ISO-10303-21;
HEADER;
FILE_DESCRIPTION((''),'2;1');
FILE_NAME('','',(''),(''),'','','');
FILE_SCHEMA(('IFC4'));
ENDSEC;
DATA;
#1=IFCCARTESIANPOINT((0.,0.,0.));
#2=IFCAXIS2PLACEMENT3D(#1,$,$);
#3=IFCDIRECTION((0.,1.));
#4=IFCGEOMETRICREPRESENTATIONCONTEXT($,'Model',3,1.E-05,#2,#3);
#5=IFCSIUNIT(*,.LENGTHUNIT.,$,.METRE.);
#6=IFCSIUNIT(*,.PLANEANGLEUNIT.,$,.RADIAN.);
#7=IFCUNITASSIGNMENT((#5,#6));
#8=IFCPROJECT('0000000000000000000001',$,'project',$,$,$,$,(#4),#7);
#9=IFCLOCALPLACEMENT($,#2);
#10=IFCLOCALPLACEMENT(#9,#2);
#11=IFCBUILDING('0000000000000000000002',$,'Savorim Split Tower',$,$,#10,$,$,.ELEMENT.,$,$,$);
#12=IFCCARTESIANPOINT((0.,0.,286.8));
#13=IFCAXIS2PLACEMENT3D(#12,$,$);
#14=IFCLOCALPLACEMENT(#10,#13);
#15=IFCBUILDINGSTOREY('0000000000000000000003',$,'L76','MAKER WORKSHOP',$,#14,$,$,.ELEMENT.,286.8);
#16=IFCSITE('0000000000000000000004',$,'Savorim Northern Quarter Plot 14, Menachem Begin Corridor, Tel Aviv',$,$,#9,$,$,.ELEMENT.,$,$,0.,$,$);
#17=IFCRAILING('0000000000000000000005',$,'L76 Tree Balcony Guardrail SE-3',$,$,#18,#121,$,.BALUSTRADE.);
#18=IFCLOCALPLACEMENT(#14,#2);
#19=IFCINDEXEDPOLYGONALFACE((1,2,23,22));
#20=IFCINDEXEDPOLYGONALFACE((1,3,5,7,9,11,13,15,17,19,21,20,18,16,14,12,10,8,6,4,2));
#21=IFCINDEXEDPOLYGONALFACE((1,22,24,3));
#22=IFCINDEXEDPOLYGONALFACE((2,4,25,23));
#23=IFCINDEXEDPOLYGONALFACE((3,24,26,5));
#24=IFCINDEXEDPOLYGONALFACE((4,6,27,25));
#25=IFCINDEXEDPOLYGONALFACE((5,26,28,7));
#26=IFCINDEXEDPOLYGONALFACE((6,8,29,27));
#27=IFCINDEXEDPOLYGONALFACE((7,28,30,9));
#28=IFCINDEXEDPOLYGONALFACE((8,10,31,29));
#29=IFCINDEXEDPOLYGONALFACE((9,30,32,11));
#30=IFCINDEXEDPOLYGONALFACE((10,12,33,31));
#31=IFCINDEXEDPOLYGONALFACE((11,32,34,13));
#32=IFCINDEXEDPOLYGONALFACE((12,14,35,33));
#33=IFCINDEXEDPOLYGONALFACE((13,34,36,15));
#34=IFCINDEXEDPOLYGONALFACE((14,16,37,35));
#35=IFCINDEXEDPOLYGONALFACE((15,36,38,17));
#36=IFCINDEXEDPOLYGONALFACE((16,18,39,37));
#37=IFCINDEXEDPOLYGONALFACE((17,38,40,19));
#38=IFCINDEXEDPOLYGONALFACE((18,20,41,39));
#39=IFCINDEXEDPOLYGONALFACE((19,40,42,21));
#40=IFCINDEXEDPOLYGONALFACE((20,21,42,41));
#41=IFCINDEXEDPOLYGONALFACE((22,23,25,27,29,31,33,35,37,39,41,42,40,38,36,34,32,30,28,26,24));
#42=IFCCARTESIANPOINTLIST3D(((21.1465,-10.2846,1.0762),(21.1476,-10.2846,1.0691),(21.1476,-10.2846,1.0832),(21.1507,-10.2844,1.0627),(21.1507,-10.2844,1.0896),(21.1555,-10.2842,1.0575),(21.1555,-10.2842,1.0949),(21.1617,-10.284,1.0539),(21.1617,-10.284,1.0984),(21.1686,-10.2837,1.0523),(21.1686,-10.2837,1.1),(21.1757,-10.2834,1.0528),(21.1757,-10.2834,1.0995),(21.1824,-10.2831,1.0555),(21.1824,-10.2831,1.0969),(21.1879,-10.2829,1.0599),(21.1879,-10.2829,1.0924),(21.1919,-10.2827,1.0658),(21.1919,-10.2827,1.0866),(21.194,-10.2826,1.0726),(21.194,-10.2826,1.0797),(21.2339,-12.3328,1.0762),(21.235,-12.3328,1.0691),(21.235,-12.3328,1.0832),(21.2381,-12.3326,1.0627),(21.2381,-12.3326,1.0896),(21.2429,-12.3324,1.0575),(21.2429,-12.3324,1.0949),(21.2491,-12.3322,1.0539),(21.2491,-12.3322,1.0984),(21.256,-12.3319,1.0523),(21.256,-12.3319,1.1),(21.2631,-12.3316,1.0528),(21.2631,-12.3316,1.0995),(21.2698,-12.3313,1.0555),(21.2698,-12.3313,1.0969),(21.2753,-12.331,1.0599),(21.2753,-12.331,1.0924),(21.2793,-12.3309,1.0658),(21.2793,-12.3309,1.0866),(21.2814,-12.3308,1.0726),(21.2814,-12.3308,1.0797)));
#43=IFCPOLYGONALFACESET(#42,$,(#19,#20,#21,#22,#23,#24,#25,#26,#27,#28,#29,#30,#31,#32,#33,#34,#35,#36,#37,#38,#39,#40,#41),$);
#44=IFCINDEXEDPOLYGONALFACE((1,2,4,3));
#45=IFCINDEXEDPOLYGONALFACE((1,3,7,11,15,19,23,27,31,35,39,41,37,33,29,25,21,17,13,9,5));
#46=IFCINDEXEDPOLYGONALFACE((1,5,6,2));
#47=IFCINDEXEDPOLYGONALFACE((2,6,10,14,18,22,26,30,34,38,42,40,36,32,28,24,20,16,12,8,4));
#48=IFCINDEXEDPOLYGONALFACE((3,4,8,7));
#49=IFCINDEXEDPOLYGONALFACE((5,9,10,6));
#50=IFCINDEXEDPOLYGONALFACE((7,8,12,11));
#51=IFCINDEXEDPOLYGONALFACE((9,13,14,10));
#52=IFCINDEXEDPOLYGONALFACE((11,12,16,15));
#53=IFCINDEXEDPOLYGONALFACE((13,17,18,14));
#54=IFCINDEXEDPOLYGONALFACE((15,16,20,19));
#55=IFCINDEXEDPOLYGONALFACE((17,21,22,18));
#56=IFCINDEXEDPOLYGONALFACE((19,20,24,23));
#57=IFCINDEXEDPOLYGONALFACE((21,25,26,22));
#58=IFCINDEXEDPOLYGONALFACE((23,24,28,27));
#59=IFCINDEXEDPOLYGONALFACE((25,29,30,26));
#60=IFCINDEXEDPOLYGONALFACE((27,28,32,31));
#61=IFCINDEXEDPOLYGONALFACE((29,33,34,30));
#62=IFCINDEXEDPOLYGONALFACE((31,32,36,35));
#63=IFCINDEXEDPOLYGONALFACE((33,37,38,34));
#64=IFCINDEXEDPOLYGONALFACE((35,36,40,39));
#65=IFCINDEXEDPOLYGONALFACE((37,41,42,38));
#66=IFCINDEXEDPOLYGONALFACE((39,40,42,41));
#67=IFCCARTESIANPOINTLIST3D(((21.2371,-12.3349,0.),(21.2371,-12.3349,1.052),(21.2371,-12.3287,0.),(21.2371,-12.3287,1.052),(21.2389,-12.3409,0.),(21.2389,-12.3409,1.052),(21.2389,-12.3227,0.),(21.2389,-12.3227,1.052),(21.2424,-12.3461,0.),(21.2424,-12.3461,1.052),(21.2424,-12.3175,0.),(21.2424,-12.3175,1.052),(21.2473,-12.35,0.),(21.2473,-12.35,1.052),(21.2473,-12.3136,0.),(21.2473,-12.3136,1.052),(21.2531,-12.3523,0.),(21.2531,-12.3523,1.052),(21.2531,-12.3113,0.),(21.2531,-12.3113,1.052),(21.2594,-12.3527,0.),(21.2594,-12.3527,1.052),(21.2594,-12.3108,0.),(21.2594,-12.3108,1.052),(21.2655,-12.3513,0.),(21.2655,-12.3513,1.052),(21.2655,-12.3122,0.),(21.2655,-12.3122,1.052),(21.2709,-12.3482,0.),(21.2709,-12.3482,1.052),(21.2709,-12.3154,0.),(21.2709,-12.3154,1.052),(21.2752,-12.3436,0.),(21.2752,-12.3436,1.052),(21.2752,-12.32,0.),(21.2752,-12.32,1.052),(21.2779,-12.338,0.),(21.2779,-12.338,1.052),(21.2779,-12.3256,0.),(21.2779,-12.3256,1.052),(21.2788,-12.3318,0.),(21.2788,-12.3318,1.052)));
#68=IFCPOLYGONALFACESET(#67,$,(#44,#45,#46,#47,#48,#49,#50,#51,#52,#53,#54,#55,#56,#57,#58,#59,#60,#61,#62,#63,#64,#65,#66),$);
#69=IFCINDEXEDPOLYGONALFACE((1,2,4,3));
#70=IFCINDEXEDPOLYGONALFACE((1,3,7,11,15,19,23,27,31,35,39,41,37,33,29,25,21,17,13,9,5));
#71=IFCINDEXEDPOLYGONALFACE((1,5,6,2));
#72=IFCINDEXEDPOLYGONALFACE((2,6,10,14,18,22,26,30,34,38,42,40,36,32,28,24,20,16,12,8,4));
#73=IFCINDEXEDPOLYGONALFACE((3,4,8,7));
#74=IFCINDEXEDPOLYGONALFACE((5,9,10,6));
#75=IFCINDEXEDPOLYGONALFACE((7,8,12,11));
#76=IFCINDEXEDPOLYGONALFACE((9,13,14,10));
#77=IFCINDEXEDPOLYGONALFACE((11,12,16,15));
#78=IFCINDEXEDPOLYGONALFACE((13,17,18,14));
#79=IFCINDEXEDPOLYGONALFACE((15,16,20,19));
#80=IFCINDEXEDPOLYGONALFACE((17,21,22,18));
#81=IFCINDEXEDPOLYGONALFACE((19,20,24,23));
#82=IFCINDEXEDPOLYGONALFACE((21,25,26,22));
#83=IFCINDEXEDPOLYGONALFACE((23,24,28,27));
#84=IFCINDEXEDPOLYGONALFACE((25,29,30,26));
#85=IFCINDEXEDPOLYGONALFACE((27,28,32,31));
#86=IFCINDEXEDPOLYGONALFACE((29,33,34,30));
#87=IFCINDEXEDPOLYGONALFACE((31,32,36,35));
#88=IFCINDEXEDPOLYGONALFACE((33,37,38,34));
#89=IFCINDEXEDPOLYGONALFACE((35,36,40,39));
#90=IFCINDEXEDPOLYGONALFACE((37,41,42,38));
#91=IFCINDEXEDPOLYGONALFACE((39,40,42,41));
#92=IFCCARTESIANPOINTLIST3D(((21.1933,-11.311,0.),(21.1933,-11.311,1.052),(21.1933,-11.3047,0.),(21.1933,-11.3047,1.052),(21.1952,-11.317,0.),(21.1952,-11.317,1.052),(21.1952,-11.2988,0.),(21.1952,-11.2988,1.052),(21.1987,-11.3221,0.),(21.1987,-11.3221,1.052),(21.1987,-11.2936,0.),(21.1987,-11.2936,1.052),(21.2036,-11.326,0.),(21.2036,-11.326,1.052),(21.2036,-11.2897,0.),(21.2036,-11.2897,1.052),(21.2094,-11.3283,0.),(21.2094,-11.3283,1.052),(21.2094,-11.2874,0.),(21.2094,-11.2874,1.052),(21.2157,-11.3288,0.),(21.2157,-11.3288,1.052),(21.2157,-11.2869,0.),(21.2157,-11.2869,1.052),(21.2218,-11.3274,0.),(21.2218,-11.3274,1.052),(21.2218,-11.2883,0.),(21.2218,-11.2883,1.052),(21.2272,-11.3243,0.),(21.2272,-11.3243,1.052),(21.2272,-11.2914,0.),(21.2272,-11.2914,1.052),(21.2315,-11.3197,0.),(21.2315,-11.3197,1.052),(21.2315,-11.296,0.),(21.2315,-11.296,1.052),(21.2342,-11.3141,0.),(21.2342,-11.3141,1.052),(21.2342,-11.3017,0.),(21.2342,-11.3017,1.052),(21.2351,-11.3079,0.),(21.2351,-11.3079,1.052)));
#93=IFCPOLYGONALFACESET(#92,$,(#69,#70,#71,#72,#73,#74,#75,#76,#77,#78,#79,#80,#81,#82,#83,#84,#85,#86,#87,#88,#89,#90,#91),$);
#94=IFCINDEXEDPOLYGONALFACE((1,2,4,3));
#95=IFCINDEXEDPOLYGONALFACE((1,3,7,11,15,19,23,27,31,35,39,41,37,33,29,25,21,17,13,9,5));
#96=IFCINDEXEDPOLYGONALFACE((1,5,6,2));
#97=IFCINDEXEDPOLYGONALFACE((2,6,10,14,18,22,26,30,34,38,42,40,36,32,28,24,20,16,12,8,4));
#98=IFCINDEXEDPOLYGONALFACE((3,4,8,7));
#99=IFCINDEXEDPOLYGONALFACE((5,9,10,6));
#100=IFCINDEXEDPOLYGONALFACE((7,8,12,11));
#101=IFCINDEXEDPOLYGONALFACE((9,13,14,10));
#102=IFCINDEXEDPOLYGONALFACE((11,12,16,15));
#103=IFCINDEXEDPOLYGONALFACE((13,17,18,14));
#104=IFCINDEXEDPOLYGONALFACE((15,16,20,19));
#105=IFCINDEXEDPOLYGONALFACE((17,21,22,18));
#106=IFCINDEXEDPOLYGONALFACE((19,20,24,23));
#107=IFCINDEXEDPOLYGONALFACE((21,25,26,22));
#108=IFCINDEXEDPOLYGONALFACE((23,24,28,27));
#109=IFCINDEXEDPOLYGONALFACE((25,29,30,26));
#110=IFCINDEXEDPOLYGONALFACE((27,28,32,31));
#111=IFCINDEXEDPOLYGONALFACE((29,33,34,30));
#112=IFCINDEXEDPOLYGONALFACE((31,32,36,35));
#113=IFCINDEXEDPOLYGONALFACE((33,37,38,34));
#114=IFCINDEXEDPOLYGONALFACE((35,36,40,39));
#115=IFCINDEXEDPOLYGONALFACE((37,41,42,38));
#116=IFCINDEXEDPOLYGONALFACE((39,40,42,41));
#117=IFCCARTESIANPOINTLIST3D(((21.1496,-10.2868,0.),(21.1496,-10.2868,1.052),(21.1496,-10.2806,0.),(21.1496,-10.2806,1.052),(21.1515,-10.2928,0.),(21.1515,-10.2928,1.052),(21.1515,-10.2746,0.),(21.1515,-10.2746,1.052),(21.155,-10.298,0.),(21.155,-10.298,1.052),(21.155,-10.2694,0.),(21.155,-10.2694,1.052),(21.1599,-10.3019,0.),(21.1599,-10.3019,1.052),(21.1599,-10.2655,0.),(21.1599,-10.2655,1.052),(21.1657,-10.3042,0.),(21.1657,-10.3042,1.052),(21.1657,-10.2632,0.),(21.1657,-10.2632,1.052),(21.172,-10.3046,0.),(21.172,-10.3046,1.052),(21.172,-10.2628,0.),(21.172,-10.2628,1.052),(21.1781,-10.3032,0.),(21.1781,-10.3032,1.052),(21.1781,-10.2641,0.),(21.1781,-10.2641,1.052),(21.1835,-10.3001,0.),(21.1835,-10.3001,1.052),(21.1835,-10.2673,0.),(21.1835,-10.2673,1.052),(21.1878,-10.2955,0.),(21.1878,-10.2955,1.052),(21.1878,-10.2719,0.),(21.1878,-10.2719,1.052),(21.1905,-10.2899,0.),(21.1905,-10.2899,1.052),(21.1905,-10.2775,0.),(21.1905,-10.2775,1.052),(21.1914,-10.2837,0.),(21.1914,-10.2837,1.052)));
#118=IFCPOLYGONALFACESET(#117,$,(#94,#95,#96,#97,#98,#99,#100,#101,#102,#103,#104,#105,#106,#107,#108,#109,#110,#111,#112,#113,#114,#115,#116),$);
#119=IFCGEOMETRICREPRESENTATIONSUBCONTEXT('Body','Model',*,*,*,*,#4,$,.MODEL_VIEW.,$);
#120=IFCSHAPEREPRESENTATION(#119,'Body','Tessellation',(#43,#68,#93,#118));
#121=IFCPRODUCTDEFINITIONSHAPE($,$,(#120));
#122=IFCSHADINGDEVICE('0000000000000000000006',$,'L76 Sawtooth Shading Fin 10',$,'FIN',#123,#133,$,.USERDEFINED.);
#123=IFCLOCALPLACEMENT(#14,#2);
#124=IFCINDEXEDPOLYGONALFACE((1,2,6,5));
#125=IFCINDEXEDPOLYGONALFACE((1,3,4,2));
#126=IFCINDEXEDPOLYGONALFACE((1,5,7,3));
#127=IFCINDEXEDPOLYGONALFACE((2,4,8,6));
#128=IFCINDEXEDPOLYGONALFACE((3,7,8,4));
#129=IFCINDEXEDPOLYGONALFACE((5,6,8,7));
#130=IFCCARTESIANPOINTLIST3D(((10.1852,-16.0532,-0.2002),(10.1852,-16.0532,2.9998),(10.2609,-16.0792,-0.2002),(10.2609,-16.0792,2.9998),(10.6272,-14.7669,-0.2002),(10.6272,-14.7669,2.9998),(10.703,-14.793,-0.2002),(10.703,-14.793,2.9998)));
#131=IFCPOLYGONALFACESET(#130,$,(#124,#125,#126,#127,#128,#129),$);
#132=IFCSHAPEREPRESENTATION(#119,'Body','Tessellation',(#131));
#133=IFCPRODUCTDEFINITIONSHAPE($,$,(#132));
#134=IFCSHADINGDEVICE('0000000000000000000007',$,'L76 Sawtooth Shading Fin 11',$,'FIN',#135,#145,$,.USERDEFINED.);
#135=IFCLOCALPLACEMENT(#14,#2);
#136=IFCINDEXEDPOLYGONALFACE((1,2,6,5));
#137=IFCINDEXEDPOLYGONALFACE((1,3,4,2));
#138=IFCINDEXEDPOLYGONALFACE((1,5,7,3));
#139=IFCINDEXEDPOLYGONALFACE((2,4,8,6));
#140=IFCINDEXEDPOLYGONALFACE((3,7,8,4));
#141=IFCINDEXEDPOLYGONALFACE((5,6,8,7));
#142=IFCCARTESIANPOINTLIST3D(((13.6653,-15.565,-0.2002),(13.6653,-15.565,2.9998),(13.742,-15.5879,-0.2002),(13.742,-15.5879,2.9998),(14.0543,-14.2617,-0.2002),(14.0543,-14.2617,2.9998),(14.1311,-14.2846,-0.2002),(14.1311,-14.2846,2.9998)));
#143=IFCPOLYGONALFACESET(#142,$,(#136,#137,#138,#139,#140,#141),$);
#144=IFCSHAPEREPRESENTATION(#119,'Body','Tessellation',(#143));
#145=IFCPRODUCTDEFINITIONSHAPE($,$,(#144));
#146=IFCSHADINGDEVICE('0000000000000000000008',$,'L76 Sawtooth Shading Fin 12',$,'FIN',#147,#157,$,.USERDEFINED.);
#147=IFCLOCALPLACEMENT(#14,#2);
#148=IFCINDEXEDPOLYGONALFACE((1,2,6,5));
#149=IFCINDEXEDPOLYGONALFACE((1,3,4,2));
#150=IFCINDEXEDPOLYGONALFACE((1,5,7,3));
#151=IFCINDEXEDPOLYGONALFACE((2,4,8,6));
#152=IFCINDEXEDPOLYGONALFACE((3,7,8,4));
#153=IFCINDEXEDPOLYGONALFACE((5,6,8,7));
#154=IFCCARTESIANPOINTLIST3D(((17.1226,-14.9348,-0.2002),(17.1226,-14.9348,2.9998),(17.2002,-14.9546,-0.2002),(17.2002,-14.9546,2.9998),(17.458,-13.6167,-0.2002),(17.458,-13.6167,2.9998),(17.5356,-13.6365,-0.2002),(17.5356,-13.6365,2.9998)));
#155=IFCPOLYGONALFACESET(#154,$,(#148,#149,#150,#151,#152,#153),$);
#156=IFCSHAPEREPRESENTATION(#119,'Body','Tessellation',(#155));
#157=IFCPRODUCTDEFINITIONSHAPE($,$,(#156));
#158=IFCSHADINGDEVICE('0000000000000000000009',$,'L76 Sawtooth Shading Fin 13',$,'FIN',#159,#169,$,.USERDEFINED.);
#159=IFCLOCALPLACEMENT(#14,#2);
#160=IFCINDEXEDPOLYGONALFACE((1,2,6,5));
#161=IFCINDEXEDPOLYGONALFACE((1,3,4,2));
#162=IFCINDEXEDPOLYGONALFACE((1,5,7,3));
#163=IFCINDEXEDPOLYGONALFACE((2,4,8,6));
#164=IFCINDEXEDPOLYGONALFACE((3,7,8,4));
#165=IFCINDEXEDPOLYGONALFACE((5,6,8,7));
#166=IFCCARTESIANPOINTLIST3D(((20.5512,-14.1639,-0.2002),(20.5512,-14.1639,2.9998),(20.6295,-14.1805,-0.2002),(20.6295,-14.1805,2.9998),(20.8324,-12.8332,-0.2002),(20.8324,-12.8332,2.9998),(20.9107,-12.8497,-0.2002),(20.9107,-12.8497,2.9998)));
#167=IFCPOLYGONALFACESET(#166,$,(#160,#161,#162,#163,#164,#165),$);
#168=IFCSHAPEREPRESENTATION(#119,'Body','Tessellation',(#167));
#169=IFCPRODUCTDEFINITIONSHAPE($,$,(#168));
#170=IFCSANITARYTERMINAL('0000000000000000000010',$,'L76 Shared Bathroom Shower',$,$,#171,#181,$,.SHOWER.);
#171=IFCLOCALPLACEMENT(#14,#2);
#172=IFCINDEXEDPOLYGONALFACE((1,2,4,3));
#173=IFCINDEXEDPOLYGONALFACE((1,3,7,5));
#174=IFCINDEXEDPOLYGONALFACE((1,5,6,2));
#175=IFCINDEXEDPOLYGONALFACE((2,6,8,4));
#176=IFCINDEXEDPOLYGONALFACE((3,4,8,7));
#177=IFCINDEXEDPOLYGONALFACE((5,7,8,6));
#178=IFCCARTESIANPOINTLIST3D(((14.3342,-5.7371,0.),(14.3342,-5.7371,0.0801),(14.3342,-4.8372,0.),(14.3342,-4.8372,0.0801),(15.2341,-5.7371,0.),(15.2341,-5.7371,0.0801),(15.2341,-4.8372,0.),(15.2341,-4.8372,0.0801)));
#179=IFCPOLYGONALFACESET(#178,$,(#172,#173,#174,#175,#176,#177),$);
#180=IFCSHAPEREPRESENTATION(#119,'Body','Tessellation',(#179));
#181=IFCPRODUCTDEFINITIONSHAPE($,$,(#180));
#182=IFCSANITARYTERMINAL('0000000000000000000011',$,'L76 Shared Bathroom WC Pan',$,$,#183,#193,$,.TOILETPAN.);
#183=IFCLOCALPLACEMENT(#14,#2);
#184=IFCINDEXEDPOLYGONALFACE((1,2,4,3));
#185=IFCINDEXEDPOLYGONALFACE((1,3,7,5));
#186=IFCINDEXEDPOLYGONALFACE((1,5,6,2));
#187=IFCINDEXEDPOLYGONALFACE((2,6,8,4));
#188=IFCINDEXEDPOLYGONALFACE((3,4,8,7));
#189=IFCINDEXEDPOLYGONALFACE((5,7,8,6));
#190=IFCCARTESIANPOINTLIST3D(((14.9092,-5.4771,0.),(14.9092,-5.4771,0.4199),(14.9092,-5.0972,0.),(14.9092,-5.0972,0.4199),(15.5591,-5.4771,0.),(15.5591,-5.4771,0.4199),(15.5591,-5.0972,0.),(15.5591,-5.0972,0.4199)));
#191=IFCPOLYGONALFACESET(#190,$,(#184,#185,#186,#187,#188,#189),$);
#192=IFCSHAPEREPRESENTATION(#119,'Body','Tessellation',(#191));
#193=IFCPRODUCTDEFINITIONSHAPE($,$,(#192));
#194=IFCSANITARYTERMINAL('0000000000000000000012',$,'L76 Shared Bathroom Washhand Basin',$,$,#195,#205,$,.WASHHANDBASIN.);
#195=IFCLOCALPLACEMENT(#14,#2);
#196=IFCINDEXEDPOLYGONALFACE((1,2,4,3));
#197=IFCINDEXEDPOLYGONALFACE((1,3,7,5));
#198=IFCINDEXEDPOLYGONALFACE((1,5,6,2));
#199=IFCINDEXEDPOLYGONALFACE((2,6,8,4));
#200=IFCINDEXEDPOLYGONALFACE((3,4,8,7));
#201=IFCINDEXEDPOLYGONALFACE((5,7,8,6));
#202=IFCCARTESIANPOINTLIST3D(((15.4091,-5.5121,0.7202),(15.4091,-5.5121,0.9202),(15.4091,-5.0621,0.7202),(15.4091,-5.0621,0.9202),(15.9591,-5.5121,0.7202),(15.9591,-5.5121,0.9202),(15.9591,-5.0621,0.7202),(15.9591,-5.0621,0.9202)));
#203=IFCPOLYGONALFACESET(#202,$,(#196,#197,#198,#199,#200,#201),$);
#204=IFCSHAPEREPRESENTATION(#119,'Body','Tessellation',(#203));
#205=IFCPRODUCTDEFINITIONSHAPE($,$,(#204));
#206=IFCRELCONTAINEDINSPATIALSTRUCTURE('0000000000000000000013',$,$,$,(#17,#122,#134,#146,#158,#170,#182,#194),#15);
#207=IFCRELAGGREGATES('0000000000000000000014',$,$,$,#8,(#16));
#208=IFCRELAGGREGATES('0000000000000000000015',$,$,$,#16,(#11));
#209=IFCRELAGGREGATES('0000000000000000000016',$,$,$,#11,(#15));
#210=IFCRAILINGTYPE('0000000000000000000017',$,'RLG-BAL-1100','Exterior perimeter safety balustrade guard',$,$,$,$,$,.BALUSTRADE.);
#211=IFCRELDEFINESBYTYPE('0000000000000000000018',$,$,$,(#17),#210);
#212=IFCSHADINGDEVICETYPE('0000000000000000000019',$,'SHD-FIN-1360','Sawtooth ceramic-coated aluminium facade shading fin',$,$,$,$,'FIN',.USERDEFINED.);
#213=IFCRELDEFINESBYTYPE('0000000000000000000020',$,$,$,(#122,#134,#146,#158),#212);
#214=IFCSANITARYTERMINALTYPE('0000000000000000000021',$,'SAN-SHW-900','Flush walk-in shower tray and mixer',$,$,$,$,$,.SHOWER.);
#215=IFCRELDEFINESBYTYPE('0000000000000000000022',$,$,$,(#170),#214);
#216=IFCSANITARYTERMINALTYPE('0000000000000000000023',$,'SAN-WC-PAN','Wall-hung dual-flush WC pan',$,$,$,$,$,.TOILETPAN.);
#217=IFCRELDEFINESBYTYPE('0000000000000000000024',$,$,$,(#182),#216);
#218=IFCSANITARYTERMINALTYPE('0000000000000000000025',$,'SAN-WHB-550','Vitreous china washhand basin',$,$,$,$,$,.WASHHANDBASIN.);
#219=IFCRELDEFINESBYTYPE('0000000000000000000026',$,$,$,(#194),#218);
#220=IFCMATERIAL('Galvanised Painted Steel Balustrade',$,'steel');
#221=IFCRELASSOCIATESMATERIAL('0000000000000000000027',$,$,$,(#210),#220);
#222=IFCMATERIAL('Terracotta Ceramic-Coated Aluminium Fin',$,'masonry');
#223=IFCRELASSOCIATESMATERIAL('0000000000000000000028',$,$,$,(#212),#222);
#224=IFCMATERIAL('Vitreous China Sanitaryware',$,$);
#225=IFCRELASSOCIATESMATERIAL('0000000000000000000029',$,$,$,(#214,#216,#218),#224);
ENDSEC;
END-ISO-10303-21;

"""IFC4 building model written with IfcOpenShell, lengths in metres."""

from ifc_helpers import new_model, si_unit, direction, frame, origin, origin_2d, place, context, subcontext, project, spatial, rectangle, circle, extrude, material, type_object, element, save


model = new_model("IFC4")

# Units and contexts
model_context = context("Model", 3, precision=1e-05, world=origin(), true_north=direction((0.0, 1.0)))
body_context = subcontext(model_context, "Body", "Model", "MODEL_VIEW")
ifc_project = project(units=[si_unit("LENGTHUNIT", "METRE"), si_unit("PLANEANGLEUNIT", "RADIAN")], contexts=[model_context])

# Site, building, storey
site_placement = place(None, origin())
site = spatial("IfcSite", under=ifc_project, at=site_placement, Name="Savorim Northern Quarter Plot 14, Menachem Begin Corridor, Tel Aviv", CompositionType="ELEMENT", RefElevation=0.0)
building_placement = place(site_placement, origin())
building = spatial("IfcBuilding", under=site, at=building_placement, Name="Savorim Split Tower", CompositionType="ELEMENT")
storey_placement = place(building_placement, frame((0.0, 0.0, 286.8)))
storey = spatial("IfcBuildingStorey", under=building, at=storey_placement, Name="L76", Description="MAKER WORKSHOP", CompositionType="ELEMENT", Elevation=286.8)

# Railing
ifc_material_1 = material(Name="Galvanised Painted Steel Balustrade", Category="steel")
railing_type = type_object("IfcRailingType", Name="RLG-BAL-1100", Description="Exterior perimeter safety balustrade guard", PredefinedType="BALUSTRADE", material=ifc_material_1)
railing_1_placement = place(storey_placement, frame((21.2578, -12.3318, 0.0)))
element("IfcRailing", 1, at=railing_1_placement, inside=storey, type_object=railing_type, Name="L76 Tree Balcony Guardrail SE-3", PredefinedType="BALUSTRADE", context=body_context, shape_type="SweptSolid", body=[
    extrude(circle(Radius=0.0239, at=origin_2d()), frame((0.0, 0.0, 1.0762), z_axis=(-0.042636, 0.999091, 0.0), x_axis=(-0.999091, -0.042636, 0.0)), (0.0, 0.0, 1.0), 2.05),
    extrude(circle(Radius=0.021, at=origin_2d()), origin(), (0.0, 0.0, 1.0), 1.052),
    extrude(circle(Radius=0.021, at=origin_2d()), frame((-0.0437, 1.0239, 0.0)), (0.0, 0.0, 1.0), 1.052),
    extrude(circle(Radius=0.021, at=origin_2d()), frame((-0.0874, 2.0481, 0.0)), (0.0, 0.0, 1.0), 1.052),
])

# Shading devices
ifc_material_2 = material(Name="Terracotta Ceramic-Coated Aluminium Fin", Category="masonry")
shading_device_type = type_object("IfcShadingDeviceType", Name="SHD-FIN-1360", Description="Sawtooth ceramic-coated aluminium facade shading fin", ElementType="FIN", PredefinedType="USERDEFINED", material=ifc_material_2)
for number, where, z_axis, x_axis, name in (
    (2, (10.4441, -15.4231, -0.2002), (0.0, 0.0, 1.0), (-0.324994, -0.945716, 0.0), "L76 Sawtooth Shading Fin 10"),
    (3, (13.8982, -14.9248, -0.2002), (0.0, 0.0, 1.0), (-0.286026, -0.958222, 0.0), "L76 Sawtooth Shading Fin 11"),
    (4, (17.3291, -14.2856, -0.2002), (0.0, 0.0, 1.0), (-0.246581, -0.969122, 0.0), "L76 Sawtooth Shading Fin 12"),
    (5, (20.731, -13.5068, -0.2002), (0.0, 0.0, 1.0), (-0.206722, -0.9784, 0.0), "L76 Sawtooth Shading Fin 13"),
):
    element("IfcShadingDevice", number, at=place(storey_placement, frame(where, z_axis=z_axis, x_axis=x_axis)), inside=storey, type_object=shading_device_type, Name=name, ObjectType="FIN", PredefinedType="USERDEFINED", context=body_context, shape_type="SweptSolid", body=[
        extrude(rectangle(XDim=1.3601, YDim=0.0801, at=origin_2d()), origin(), (0.0, 0.0, 1.0), 3.2),
    ])

# Sanitary terminals
ifc_material_3 = material(Name="Vitreous China Sanitaryware")
sanitary_terminal_type_1 = type_object("IfcSanitaryTerminalType", Name="SAN-SHW-900", Description="Flush walk-in shower tray and mixer", PredefinedType="SHOWER", material=ifc_material_3)
sanitary_terminal_1_placement = place(storey_placement, frame((14.7842, -5.2871, 0.0), z_axis=(0.0, 0.0, 1.0), x_axis=(1.0, 0.0, 0.0)))
element("IfcSanitaryTerminal", 6, at=sanitary_terminal_1_placement, inside=storey, type_object=sanitary_terminal_type_1, Name="L76 Shared Bathroom Shower", PredefinedType="SHOWER", context=body_context, shape_type="SweptSolid", body=[
    extrude(rectangle(XDim=0.8999, YDim=0.8999, at=origin_2d()), origin(), (0.0, 0.0, 1.0), 0.0801),
])
sanitary_terminal_type_2 = type_object("IfcSanitaryTerminalType", Name="SAN-WC-PAN", Description="Wall-hung dual-flush WC pan", PredefinedType="TOILETPAN", material=ifc_material_3)
sanitary_terminal_2_placement = place(storey_placement, frame((15.2341, -5.2871, 0.0), z_axis=(0.0, 0.0, 1.0), x_axis=(1.0, 0.0, 0.0)))
element("IfcSanitaryTerminal", 7, at=sanitary_terminal_2_placement, inside=storey, type_object=sanitary_terminal_type_2, Name="L76 Shared Bathroom WC Pan", PredefinedType="TOILETPAN", context=body_context, shape_type="SweptSolid", body=[
    extrude(rectangle(XDim=0.6499, YDim=0.3799, at=origin_2d()), origin(), (0.0, 0.0, 1.0), 0.4199),
])
sanitary_terminal_type_3 = type_object("IfcSanitaryTerminalType", Name="SAN-WHB-550", Description="Vitreous china washhand basin", PredefinedType="WASHHANDBASIN", material=ifc_material_3)
sanitary_terminal_3_placement = place(storey_placement, frame((15.6841, -5.2871, 0.7202), z_axis=(0.0, 0.0, 1.0), x_axis=(1.0, 0.0, 0.0)))
element("IfcSanitaryTerminal", 8, at=sanitary_terminal_3_placement, inside=storey, type_object=sanitary_terminal_type_3, Name="L76 Shared Bathroom Washhand Basin", PredefinedType="WASHHANDBASIN", context=body_context, shape_type="SweptSolid", body=[
    extrude(rectangle(XDim=0.55, YDim=0.45, at=origin_2d()), origin(), (0.0, 0.0, 1.0), 0.2),
])

save(model, "model.ifc")
